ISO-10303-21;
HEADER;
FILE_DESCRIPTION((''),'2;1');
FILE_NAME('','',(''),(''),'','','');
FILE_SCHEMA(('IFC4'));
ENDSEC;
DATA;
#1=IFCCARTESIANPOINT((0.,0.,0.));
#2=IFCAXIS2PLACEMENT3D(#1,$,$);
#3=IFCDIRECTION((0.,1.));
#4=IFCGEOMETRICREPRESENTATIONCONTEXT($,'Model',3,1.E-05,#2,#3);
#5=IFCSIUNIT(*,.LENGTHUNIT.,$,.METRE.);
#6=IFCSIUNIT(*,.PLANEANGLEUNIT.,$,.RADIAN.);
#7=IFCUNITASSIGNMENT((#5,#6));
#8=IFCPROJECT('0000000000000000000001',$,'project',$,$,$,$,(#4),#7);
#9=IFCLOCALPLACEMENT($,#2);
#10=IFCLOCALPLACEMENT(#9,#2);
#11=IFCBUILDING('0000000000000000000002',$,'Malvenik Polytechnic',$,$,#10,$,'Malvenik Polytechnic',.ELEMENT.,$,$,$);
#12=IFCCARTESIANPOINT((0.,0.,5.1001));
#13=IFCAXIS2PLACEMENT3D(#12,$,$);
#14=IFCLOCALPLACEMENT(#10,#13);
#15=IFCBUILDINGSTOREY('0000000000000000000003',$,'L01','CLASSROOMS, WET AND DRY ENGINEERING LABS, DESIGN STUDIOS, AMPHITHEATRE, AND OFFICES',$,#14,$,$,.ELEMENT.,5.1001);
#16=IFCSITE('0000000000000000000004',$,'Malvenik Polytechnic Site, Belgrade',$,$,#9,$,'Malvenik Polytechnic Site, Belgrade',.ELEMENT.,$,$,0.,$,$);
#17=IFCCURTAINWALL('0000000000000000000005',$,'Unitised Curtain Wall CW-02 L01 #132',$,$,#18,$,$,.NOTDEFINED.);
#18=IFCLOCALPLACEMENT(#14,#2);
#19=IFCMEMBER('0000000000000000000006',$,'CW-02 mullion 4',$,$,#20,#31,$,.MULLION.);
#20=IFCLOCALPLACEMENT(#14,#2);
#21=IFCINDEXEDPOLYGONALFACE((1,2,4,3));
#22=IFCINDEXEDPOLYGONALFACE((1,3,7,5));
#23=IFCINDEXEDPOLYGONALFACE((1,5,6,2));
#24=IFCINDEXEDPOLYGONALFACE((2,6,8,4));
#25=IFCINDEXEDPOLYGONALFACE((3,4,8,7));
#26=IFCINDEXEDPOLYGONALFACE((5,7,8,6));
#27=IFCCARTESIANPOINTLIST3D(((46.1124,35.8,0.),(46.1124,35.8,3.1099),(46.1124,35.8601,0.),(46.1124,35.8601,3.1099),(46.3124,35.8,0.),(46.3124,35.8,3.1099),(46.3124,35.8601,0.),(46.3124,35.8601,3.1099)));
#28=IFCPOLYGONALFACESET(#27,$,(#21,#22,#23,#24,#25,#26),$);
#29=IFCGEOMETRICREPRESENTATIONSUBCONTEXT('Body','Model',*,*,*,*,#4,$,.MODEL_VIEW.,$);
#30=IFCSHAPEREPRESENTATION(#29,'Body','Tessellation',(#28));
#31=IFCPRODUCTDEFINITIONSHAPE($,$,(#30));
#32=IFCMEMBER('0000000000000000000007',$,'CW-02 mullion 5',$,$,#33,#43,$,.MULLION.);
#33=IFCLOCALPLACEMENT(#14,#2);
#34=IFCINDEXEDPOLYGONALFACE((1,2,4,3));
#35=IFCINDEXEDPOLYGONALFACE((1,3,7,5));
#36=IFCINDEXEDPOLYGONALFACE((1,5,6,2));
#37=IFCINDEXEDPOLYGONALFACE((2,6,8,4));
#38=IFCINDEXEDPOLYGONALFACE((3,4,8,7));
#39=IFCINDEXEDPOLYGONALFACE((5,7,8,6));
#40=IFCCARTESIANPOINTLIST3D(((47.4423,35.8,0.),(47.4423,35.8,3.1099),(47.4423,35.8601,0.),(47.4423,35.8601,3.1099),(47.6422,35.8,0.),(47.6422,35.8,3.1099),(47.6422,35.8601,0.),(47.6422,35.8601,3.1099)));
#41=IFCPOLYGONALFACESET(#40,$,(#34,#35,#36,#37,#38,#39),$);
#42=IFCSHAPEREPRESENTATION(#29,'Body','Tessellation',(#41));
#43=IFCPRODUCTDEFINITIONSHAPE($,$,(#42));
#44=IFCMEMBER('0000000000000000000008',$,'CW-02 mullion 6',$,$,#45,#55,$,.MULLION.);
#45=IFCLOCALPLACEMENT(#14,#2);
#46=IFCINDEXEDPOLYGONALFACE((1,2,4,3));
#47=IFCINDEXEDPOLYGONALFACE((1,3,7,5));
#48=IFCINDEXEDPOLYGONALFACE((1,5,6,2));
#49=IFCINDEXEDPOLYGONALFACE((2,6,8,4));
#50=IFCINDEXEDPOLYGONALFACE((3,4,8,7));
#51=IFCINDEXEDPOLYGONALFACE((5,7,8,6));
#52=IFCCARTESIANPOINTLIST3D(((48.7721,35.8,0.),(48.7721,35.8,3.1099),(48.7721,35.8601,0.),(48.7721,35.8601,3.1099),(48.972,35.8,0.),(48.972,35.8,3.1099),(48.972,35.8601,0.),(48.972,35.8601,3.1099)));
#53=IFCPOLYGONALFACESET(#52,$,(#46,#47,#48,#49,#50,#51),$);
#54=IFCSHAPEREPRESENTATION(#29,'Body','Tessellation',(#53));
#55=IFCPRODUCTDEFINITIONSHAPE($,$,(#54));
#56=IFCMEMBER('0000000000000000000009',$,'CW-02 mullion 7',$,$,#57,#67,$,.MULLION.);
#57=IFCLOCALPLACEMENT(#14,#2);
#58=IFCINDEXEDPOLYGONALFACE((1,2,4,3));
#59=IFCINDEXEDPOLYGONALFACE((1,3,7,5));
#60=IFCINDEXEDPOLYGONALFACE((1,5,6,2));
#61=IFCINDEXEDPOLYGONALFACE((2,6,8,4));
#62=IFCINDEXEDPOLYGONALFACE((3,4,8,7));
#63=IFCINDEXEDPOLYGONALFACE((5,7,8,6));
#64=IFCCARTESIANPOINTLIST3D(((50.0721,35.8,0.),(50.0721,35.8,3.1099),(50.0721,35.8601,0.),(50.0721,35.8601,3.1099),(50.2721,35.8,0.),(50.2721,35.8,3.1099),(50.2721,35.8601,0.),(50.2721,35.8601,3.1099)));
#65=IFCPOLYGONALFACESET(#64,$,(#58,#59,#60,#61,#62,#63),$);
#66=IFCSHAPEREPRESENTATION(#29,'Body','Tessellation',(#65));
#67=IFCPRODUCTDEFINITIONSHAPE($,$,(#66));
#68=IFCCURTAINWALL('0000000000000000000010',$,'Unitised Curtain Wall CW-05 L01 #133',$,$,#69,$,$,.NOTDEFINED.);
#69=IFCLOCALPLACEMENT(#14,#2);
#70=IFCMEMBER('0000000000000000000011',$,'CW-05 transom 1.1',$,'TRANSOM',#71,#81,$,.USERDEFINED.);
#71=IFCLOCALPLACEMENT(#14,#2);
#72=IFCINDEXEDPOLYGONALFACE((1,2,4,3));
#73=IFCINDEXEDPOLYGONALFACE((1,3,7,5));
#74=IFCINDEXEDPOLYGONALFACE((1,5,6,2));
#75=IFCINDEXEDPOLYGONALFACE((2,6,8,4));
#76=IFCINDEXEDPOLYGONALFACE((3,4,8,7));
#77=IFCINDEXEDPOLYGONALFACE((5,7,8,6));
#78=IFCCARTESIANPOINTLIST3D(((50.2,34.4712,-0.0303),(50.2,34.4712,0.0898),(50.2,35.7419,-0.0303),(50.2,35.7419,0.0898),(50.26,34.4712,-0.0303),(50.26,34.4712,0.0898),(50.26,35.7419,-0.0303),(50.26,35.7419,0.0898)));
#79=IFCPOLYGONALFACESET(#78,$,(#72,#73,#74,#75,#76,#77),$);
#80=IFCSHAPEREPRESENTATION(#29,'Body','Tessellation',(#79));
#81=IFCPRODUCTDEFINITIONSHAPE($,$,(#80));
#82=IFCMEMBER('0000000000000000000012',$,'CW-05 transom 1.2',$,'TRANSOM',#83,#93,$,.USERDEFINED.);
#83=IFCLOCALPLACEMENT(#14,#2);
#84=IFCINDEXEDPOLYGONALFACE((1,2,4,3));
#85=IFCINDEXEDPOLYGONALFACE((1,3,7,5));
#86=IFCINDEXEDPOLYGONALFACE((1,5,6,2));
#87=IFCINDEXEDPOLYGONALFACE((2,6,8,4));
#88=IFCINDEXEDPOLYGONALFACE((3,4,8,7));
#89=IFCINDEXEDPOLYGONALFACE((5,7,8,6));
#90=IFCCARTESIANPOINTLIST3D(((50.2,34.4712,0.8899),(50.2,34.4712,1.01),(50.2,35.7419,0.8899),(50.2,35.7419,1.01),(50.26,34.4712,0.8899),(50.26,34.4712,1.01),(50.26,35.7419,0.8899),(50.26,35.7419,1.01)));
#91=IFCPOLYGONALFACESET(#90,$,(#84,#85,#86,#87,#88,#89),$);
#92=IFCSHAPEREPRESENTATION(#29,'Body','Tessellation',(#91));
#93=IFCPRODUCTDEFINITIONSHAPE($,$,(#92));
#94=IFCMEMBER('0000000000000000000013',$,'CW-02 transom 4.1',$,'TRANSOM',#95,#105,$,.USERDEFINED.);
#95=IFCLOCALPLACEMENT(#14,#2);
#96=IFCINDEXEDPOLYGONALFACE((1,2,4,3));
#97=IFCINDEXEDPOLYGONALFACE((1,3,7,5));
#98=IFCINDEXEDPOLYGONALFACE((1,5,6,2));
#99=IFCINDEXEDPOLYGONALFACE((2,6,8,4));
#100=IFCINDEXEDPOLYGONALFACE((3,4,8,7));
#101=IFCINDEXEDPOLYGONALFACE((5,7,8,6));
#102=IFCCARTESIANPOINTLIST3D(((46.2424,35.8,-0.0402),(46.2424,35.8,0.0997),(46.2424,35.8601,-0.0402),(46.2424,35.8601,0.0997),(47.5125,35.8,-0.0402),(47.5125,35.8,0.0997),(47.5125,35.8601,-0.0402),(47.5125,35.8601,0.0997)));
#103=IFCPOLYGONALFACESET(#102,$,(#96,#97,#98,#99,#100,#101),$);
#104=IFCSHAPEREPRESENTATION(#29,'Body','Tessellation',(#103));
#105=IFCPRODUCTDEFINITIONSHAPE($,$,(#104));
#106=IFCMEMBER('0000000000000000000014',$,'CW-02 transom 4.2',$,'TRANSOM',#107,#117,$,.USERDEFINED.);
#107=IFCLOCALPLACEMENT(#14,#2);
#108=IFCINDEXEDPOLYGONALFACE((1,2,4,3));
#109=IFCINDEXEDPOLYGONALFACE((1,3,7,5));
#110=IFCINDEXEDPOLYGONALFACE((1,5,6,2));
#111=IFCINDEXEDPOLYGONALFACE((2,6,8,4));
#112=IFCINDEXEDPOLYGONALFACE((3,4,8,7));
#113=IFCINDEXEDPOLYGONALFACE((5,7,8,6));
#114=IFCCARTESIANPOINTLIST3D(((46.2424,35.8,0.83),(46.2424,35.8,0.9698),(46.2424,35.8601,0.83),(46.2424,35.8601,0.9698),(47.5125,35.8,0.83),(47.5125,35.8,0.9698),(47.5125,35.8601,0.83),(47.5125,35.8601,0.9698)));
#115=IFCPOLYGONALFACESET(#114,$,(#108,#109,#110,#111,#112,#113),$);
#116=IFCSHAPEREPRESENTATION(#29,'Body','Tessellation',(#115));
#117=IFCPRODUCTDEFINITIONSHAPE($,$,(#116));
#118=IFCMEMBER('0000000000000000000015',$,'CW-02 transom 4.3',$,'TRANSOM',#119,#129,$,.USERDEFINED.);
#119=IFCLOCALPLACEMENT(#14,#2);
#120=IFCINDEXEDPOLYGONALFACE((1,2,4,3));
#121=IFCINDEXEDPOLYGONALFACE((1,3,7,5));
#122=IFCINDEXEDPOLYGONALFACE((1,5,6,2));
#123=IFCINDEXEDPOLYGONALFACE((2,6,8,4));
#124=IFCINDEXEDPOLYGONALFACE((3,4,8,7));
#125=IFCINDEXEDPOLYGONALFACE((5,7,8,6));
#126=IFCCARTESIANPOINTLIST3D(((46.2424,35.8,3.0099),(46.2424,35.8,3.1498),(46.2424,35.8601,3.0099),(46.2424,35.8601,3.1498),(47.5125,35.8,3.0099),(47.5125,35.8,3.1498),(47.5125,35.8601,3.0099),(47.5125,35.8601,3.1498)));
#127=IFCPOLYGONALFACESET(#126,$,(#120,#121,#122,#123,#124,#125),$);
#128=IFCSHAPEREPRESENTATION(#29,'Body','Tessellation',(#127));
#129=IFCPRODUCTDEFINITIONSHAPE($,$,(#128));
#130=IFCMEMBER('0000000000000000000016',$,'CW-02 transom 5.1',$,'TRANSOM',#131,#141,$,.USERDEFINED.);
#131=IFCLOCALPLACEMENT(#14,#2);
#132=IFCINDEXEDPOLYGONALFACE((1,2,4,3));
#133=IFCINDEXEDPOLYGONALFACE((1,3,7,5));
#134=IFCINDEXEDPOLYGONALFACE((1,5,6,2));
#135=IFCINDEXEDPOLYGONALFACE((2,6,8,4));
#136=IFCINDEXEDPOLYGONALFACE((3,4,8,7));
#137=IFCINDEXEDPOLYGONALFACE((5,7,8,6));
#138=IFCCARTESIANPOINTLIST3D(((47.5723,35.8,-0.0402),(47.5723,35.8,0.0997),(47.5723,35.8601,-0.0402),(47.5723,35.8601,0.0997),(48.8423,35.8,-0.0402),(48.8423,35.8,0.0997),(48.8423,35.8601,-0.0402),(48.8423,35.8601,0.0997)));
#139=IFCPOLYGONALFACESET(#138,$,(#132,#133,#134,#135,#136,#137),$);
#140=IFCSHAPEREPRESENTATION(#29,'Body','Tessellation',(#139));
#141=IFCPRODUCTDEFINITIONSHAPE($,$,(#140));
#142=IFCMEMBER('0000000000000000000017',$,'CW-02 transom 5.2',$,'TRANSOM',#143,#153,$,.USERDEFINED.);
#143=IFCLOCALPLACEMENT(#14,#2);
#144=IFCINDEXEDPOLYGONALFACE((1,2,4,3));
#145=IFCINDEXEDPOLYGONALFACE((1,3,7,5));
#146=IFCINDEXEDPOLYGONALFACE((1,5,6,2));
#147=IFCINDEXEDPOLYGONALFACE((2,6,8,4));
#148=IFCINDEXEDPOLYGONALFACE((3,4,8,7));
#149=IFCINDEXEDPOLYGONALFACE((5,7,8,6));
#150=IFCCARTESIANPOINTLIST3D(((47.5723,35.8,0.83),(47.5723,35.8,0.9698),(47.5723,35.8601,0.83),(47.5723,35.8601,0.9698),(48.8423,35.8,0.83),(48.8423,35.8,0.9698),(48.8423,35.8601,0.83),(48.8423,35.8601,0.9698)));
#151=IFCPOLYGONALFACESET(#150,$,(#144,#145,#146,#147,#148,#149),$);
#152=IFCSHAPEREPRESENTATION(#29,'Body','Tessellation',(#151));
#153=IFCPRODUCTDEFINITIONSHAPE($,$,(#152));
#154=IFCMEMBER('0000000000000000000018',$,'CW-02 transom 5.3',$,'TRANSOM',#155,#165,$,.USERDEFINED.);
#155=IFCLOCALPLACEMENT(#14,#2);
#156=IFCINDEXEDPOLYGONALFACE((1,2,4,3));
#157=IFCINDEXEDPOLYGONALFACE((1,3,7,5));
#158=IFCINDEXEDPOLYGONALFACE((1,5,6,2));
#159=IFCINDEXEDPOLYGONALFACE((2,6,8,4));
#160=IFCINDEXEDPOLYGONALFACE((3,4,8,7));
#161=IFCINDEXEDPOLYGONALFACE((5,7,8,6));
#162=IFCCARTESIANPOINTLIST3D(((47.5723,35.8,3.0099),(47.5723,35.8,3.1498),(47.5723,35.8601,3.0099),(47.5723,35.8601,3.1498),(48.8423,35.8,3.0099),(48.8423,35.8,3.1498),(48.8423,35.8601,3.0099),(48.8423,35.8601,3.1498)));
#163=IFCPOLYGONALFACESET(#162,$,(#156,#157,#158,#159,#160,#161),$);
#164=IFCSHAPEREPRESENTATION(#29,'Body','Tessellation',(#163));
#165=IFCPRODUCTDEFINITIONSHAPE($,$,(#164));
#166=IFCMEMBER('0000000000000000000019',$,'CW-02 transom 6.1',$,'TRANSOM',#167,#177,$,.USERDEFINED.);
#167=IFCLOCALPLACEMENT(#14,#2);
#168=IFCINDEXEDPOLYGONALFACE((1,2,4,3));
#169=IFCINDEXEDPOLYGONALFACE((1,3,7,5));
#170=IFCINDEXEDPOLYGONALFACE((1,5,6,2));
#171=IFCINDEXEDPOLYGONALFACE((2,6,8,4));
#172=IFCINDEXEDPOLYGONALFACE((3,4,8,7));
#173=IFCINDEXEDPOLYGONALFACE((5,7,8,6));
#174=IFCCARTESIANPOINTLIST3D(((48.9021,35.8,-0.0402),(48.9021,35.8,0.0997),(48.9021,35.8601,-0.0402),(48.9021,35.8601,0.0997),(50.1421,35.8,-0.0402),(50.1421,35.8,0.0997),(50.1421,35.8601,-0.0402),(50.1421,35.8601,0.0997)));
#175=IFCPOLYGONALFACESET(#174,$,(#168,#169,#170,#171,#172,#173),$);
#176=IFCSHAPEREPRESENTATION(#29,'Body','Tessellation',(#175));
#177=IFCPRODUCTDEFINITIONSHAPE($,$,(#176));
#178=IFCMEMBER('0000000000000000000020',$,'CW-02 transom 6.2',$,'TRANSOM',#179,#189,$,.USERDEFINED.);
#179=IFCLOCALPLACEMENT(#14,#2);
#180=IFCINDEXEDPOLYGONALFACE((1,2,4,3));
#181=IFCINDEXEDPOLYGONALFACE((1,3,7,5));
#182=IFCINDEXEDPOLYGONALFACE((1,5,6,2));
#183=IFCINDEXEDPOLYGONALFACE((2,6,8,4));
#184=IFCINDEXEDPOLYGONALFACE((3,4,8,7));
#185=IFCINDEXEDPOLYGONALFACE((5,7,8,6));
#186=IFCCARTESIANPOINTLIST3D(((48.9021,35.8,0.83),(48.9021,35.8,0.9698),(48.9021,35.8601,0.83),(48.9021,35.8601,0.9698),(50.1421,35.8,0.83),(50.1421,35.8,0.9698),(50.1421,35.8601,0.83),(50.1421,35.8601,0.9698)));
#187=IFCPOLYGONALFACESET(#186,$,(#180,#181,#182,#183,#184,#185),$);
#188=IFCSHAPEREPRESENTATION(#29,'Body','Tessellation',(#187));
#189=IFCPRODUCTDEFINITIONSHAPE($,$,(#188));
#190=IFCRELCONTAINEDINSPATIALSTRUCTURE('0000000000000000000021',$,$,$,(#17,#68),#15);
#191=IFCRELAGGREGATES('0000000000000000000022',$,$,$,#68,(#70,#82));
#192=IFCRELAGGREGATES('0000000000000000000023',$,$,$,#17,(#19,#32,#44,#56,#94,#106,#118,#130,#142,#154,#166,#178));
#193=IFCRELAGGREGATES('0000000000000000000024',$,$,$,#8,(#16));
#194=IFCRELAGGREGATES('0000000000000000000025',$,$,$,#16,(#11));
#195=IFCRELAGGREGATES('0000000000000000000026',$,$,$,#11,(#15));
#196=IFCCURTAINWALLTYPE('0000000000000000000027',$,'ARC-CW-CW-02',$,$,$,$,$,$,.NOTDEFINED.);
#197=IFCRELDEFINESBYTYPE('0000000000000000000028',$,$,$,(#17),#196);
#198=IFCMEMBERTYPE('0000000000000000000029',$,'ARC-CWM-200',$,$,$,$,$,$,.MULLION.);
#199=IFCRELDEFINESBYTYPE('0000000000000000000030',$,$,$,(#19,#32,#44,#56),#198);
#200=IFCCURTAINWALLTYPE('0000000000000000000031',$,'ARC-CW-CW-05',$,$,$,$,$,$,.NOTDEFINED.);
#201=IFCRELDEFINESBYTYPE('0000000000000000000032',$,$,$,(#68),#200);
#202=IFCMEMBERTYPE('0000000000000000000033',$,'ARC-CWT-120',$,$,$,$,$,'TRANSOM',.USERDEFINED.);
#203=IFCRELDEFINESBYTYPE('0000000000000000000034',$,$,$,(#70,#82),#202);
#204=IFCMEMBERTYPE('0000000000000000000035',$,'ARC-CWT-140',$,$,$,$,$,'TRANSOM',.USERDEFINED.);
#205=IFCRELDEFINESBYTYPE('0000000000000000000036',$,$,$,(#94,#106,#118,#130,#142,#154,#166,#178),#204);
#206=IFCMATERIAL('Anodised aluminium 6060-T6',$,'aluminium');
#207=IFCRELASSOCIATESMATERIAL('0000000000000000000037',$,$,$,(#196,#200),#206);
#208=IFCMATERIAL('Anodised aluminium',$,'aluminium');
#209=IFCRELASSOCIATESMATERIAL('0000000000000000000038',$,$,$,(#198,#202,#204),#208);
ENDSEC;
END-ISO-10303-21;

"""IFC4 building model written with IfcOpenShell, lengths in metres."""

from ifc_helpers import new_model, si_unit, direction, frame, origin, origin_2d, place, context, subcontext, project, spatial, rectangle, extrude, material, material_profile, profile_set, type_object, element, aggregate, save


model = new_model("IFC4")

# Units and contexts
model_context = context("Model", 3, precision=1e-05, world=origin(), true_north=direction((0.0, 1.0)))
body_context = subcontext(model_context, "Body", "Model", "MODEL_VIEW")
ifc_project = project(units=[si_unit("LENGTHUNIT", "METRE"), si_unit("PLANEANGLEUNIT", "RADIAN")], contexts=[model_context])

# Site, building, storey
site_placement = place(None, origin())
site = spatial("IfcSite", under=ifc_project, at=site_placement, Name="Malvenik Polytechnic Site, Belgrade", LongName="Malvenik Polytechnic Site, Belgrade", CompositionType="ELEMENT", RefElevation=0.0)
building_placement = place(site_placement, origin())
building = spatial("IfcBuilding", under=site, at=building_placement, Name="Malvenik Polytechnic", LongName="Malvenik Polytechnic", CompositionType="ELEMENT")
storey_placement = place(building_placement, frame((0.0, 0.0, 5.1001)))
storey = spatial("IfcBuildingStorey", under=building, at=storey_placement, Name="L01", Description="CLASSROOMS, WET AND DRY ENGINEERING LABS, DESIGN STUDIOS, AMPHITHEATRE, AND OFFICES", CompositionType="ELEMENT", Elevation=5.1001)

# Curtain walls, members
ifc_material_1 = material(Name="Anodised aluminium 6060-T6", Category="aluminium")
curtain_wall_type_1 = type_object("IfcCurtainWallType", Name="ARC-CW-CW-02", PredefinedType="NOTDEFINED", material=ifc_material_1)
curtain_wall_1_placement = place(storey_placement, origin())
curtain_wall_1 = element("IfcCurtainWall", 1, at=curtain_wall_1_placement, inside=storey, type_object=curtain_wall_type_1, Name="Unitised Curtain Wall CW-02 L01 #132", PredefinedType="NOTDEFINED")
ifc_material_2 = material(Name="Anodised aluminium", Category="aluminium")
ifc_material_profile_1 = material_profile(ifc_material_2, rectangle(XDim=0.0601, YDim=0.2, at=origin_2d()), Name="ALU MULLION 60x200")
ifc_profile_set_1 = profile_set([ifc_material_profile_1], Name="Anodised aluminium")
member_type_1 = type_object("IfcMemberType", Name="ARC-CWM-200", PredefinedType="MULLION", material=ifc_profile_set_1)
member_1_placement = place(storey_placement, frame((46.2124, 35.8301, 0.0), z_axis=(0.0, 0.0, 1.0), x_axis=(0.0, 1.0, 0.0)))
member_1 = element("IfcMember", 2, at=member_1_placement, type_object=member_type_1, Name="CW-02 mullion 4", PredefinedType="MULLION", context=body_context, shape_type="SweptSolid", body=[
    extrude(rectangle(XDim=0.0601, YDim=0.2, at=origin_2d()), origin(), (0.0, 0.0, 1.0), 3.1099),
])
member_2_placement = place(storey_placement, frame((47.5422, 35.8301, 0.0), z_axis=(0.0, 0.0, 1.0), x_axis=(0.0, 1.0, 0.0)))
member_2 = element("IfcMember", 3, at=member_2_placement, type_object=member_type_1, Name="CW-02 mullion 5", PredefinedType="MULLION", context=body_context, shape_type="SweptSolid", body=[
    extrude(rectangle(XDim=0.0601, YDim=0.2, at=origin_2d()), origin(), (0.0, 0.0, 1.0), 3.1099),
])
member_3_placement = place(storey_placement, frame((48.8721, 35.8301, 0.0), z_axis=(0.0, 0.0, 1.0), x_axis=(0.0, 1.0, 0.0)))
member_3 = element("IfcMember", 4, at=member_3_placement, type_object=member_type_1, Name="CW-02 mullion 6", PredefinedType="MULLION", context=body_context, shape_type="SweptSolid", body=[
    extrude(rectangle(XDim=0.0601, YDim=0.2, at=origin_2d()), origin(), (0.0, 0.0, 1.0), 3.1099),
])
member_4_placement = place(storey_placement, frame((50.1721, 35.8301, 0.0), z_axis=(0.0, 0.0, 1.0), x_axis=(0.0, 1.0, 0.0)))
member_4 = element("IfcMember", 5, at=member_4_placement, type_object=member_type_1, Name="CW-02 mullion 7", PredefinedType="MULLION", context=body_context, shape_type="SweptSolid", body=[
    extrude(rectangle(XDim=0.0601, YDim=0.2, at=origin_2d()), origin(), (0.0, 0.0, 1.0), 3.1099),
])
curtain_wall_type_2 = type_object("IfcCurtainWallType", Name="ARC-CW-CW-05", PredefinedType="NOTDEFINED", material=ifc_material_1)
curtain_wall_2_placement = place(storey_placement, origin())
curtain_wall_2 = element("IfcCurtainWall", 6, at=curtain_wall_2_placement, inside=storey, type_object=curtain_wall_type_2, Name="Unitised Curtain Wall CW-05 L01 #133", PredefinedType="NOTDEFINED")
ifc_material_profile_2 = material_profile(ifc_material_2, rectangle(XDim=0.0601, YDim=0.1201, at=origin_2d()), Name="ALU TRANSOM 60x120")
ifc_profile_set_2 = profile_set([ifc_material_profile_2], Name="Anodised aluminium")
member_type_2 = type_object("IfcMemberType", Name="ARC-CWT-120", ElementType="TRANSOM", PredefinedType="USERDEFINED", material=ifc_profile_set_2)
member_5_placement = place(storey_placement, frame((50.23, 35.7419, 0.0298), z_axis=(0.0, -1.0, 0.0), x_axis=(1.0, 0.0, 0.0)))
member_5 = element("IfcMember", 7, at=member_5_placement, type_object=member_type_2, Name="CW-05 transom 1.1", ObjectType="TRANSOM", PredefinedType="USERDEFINED", context=body_context, shape_type="SweptSolid", body=[
    extrude(rectangle(XDim=0.0601, YDim=0.1201, at=origin_2d()), origin(), (0.0, 0.0, 1.0), 1.2708),
])
member_6_placement = place(storey_placement, frame((50.23, 35.7419, 0.95), z_axis=(0.0, -1.0, 0.0), x_axis=(1.0, 0.0, 0.0)))
member_6 = element("IfcMember", 8, at=member_6_placement, type_object=member_type_2, Name="CW-05 transom 1.2", ObjectType="TRANSOM", PredefinedType="USERDEFINED", context=body_context, shape_type="SweptSolid", body=[
    extrude(rectangle(XDim=0.0601, YDim=0.1201, at=origin_2d()), origin(), (0.0, 0.0, 1.0), 1.2708),
])
aggregate(curtain_wall_2, [member_5, member_6])

# Members
ifc_material_profile_3 = material_profile(ifc_material_2, rectangle(XDim=0.0601, YDim=0.1399, at=origin_2d()), Name="ALU TRANSOM 60x140")
ifc_profile_set_3 = profile_set([ifc_material_profile_3], Name="Anodised aluminium")
member_type_3 = type_object("IfcMemberType", Name="ARC-CWT-140", ElementType="TRANSOM", PredefinedType="USERDEFINED", material=ifc_profile_set_3)
member_7_placement = place(storey_placement, frame((46.2424, 35.8301, 0.0298), z_axis=(1.0, 0.0, 0.0), x_axis=(0.0, 1.0, 0.0)))
member_7 = element("IfcMember", 9, at=member_7_placement, type_object=member_type_3, Name="CW-02 transom 4.1", ObjectType="TRANSOM", PredefinedType="USERDEFINED", context=body_context, shape_type="SweptSolid", body=[
    extrude(rectangle(XDim=0.0601, YDim=0.1399, at=origin_2d()), origin(), (0.0, 0.0, 1.0), 1.27),
])
member_8_placement = place(storey_placement, frame((46.2424, 35.8301, 0.8999), z_axis=(1.0, 0.0, 0.0), x_axis=(0.0, 1.0, 0.0)))
member_8 = element("IfcMember", 10, at=member_8_placement, type_object=member_type_3, Name="CW-02 transom 4.2", ObjectType="TRANSOM", PredefinedType="USERDEFINED", context=body_context, shape_type="SweptSolid", body=[
    extrude(rectangle(XDim=0.0601, YDim=0.1399, at=origin_2d()), origin(), (0.0, 0.0, 1.0), 1.27),
])
member_9_placement = place(storey_placement, frame((46.2424, 35.8301, 3.0798), z_axis=(1.0, 0.0, 0.0), x_axis=(0.0, 1.0, 0.0)))
member_9 = element("IfcMember", 11, at=member_9_placement, type_object=member_type_3, Name="CW-02 transom 4.3", ObjectType="TRANSOM", PredefinedType="USERDEFINED", context=body_context, shape_type="SweptSolid", body=[
    extrude(rectangle(XDim=0.0601, YDim=0.1399, at=origin_2d()), origin(), (0.0, 0.0, 1.0), 1.27),
])
member_10_placement = place(storey_placement, frame((47.5723, 35.8301, 0.0298), z_axis=(1.0, 0.0, 0.0), x_axis=(0.0, 1.0, 0.0)))
member_10 = element("IfcMember", 12, at=member_10_placement, type_object=member_type_3, Name="CW-02 transom 5.1", ObjectType="TRANSOM", PredefinedType="USERDEFINED", context=body_context, shape_type="SweptSolid", body=[
    extrude(rectangle(XDim=0.0601, YDim=0.1399, at=origin_2d()), origin(), (0.0, 0.0, 1.0), 1.27),
])
member_11_placement = place(storey_placement, frame((47.5723, 35.8301, 0.8999), z_axis=(1.0, 0.0, 0.0), x_axis=(0.0, 1.0, 0.0)))
member_11 = element("IfcMember", 13, at=member_11_placement, type_object=member_type_3, Name="CW-02 transom 5.2", ObjectType="TRANSOM", PredefinedType="USERDEFINED", context=body_context, shape_type="SweptSolid", body=[
    extrude(rectangle(XDim=0.0601, YDim=0.1399, at=origin_2d()), origin(), (0.0, 0.0, 1.0), 1.27),
])
member_12_placement = place(storey_placement, frame((47.5723, 35.8301, 3.0798), z_axis=(1.0, 0.0, 0.0), x_axis=(0.0, 1.0, 0.0)))
member_12 = element("IfcMember", 14, at=member_12_placement, type_object=member_type_3, Name="CW-02 transom 5.3", ObjectType="TRANSOM", PredefinedType="USERDEFINED", context=body_context, shape_type="SweptSolid", body=[
    extrude(rectangle(XDim=0.0601, YDim=0.1399, at=origin_2d()), origin(), (0.0, 0.0, 1.0), 1.27),
])
member_13_placement = place(storey_placement, frame((48.9021, 35.8301, 0.0298), z_axis=(1.0, 0.0, 0.0), x_axis=(0.0, 1.0, 0.0)))
member_13 = element("IfcMember", 15, at=member_13_placement, type_object=member_type_3, Name="CW-02 transom 6.1", ObjectType="TRANSOM", PredefinedType="USERDEFINED", context=body_context, shape_type="SweptSolid", body=[
    extrude(rectangle(XDim=0.0601, YDim=0.1399, at=origin_2d()), origin(), (0.0, 0.0, 1.0), 1.24),
])
member_14_placement = place(storey_placement, frame((48.9021, 35.8301, 0.8999), z_axis=(1.0, 0.0, 0.0), x_axis=(0.0, 1.0, 0.0)))
member_14 = element("IfcMember", 16, at=member_14_placement, type_object=member_type_3, Name="CW-02 transom 6.2", ObjectType="TRANSOM", PredefinedType="USERDEFINED", context=body_context, shape_type="SweptSolid", body=[
    extrude(rectangle(XDim=0.0601, YDim=0.1399, at=origin_2d()), origin(), (0.0, 0.0, 1.0), 1.24),
])

aggregate(curtain_wall_1, [member_1, member_2, member_3, member_4, member_7, member_8, member_9, member_10, member_11, member_12, member_13, member_14])

save(model, "model.ifc")
